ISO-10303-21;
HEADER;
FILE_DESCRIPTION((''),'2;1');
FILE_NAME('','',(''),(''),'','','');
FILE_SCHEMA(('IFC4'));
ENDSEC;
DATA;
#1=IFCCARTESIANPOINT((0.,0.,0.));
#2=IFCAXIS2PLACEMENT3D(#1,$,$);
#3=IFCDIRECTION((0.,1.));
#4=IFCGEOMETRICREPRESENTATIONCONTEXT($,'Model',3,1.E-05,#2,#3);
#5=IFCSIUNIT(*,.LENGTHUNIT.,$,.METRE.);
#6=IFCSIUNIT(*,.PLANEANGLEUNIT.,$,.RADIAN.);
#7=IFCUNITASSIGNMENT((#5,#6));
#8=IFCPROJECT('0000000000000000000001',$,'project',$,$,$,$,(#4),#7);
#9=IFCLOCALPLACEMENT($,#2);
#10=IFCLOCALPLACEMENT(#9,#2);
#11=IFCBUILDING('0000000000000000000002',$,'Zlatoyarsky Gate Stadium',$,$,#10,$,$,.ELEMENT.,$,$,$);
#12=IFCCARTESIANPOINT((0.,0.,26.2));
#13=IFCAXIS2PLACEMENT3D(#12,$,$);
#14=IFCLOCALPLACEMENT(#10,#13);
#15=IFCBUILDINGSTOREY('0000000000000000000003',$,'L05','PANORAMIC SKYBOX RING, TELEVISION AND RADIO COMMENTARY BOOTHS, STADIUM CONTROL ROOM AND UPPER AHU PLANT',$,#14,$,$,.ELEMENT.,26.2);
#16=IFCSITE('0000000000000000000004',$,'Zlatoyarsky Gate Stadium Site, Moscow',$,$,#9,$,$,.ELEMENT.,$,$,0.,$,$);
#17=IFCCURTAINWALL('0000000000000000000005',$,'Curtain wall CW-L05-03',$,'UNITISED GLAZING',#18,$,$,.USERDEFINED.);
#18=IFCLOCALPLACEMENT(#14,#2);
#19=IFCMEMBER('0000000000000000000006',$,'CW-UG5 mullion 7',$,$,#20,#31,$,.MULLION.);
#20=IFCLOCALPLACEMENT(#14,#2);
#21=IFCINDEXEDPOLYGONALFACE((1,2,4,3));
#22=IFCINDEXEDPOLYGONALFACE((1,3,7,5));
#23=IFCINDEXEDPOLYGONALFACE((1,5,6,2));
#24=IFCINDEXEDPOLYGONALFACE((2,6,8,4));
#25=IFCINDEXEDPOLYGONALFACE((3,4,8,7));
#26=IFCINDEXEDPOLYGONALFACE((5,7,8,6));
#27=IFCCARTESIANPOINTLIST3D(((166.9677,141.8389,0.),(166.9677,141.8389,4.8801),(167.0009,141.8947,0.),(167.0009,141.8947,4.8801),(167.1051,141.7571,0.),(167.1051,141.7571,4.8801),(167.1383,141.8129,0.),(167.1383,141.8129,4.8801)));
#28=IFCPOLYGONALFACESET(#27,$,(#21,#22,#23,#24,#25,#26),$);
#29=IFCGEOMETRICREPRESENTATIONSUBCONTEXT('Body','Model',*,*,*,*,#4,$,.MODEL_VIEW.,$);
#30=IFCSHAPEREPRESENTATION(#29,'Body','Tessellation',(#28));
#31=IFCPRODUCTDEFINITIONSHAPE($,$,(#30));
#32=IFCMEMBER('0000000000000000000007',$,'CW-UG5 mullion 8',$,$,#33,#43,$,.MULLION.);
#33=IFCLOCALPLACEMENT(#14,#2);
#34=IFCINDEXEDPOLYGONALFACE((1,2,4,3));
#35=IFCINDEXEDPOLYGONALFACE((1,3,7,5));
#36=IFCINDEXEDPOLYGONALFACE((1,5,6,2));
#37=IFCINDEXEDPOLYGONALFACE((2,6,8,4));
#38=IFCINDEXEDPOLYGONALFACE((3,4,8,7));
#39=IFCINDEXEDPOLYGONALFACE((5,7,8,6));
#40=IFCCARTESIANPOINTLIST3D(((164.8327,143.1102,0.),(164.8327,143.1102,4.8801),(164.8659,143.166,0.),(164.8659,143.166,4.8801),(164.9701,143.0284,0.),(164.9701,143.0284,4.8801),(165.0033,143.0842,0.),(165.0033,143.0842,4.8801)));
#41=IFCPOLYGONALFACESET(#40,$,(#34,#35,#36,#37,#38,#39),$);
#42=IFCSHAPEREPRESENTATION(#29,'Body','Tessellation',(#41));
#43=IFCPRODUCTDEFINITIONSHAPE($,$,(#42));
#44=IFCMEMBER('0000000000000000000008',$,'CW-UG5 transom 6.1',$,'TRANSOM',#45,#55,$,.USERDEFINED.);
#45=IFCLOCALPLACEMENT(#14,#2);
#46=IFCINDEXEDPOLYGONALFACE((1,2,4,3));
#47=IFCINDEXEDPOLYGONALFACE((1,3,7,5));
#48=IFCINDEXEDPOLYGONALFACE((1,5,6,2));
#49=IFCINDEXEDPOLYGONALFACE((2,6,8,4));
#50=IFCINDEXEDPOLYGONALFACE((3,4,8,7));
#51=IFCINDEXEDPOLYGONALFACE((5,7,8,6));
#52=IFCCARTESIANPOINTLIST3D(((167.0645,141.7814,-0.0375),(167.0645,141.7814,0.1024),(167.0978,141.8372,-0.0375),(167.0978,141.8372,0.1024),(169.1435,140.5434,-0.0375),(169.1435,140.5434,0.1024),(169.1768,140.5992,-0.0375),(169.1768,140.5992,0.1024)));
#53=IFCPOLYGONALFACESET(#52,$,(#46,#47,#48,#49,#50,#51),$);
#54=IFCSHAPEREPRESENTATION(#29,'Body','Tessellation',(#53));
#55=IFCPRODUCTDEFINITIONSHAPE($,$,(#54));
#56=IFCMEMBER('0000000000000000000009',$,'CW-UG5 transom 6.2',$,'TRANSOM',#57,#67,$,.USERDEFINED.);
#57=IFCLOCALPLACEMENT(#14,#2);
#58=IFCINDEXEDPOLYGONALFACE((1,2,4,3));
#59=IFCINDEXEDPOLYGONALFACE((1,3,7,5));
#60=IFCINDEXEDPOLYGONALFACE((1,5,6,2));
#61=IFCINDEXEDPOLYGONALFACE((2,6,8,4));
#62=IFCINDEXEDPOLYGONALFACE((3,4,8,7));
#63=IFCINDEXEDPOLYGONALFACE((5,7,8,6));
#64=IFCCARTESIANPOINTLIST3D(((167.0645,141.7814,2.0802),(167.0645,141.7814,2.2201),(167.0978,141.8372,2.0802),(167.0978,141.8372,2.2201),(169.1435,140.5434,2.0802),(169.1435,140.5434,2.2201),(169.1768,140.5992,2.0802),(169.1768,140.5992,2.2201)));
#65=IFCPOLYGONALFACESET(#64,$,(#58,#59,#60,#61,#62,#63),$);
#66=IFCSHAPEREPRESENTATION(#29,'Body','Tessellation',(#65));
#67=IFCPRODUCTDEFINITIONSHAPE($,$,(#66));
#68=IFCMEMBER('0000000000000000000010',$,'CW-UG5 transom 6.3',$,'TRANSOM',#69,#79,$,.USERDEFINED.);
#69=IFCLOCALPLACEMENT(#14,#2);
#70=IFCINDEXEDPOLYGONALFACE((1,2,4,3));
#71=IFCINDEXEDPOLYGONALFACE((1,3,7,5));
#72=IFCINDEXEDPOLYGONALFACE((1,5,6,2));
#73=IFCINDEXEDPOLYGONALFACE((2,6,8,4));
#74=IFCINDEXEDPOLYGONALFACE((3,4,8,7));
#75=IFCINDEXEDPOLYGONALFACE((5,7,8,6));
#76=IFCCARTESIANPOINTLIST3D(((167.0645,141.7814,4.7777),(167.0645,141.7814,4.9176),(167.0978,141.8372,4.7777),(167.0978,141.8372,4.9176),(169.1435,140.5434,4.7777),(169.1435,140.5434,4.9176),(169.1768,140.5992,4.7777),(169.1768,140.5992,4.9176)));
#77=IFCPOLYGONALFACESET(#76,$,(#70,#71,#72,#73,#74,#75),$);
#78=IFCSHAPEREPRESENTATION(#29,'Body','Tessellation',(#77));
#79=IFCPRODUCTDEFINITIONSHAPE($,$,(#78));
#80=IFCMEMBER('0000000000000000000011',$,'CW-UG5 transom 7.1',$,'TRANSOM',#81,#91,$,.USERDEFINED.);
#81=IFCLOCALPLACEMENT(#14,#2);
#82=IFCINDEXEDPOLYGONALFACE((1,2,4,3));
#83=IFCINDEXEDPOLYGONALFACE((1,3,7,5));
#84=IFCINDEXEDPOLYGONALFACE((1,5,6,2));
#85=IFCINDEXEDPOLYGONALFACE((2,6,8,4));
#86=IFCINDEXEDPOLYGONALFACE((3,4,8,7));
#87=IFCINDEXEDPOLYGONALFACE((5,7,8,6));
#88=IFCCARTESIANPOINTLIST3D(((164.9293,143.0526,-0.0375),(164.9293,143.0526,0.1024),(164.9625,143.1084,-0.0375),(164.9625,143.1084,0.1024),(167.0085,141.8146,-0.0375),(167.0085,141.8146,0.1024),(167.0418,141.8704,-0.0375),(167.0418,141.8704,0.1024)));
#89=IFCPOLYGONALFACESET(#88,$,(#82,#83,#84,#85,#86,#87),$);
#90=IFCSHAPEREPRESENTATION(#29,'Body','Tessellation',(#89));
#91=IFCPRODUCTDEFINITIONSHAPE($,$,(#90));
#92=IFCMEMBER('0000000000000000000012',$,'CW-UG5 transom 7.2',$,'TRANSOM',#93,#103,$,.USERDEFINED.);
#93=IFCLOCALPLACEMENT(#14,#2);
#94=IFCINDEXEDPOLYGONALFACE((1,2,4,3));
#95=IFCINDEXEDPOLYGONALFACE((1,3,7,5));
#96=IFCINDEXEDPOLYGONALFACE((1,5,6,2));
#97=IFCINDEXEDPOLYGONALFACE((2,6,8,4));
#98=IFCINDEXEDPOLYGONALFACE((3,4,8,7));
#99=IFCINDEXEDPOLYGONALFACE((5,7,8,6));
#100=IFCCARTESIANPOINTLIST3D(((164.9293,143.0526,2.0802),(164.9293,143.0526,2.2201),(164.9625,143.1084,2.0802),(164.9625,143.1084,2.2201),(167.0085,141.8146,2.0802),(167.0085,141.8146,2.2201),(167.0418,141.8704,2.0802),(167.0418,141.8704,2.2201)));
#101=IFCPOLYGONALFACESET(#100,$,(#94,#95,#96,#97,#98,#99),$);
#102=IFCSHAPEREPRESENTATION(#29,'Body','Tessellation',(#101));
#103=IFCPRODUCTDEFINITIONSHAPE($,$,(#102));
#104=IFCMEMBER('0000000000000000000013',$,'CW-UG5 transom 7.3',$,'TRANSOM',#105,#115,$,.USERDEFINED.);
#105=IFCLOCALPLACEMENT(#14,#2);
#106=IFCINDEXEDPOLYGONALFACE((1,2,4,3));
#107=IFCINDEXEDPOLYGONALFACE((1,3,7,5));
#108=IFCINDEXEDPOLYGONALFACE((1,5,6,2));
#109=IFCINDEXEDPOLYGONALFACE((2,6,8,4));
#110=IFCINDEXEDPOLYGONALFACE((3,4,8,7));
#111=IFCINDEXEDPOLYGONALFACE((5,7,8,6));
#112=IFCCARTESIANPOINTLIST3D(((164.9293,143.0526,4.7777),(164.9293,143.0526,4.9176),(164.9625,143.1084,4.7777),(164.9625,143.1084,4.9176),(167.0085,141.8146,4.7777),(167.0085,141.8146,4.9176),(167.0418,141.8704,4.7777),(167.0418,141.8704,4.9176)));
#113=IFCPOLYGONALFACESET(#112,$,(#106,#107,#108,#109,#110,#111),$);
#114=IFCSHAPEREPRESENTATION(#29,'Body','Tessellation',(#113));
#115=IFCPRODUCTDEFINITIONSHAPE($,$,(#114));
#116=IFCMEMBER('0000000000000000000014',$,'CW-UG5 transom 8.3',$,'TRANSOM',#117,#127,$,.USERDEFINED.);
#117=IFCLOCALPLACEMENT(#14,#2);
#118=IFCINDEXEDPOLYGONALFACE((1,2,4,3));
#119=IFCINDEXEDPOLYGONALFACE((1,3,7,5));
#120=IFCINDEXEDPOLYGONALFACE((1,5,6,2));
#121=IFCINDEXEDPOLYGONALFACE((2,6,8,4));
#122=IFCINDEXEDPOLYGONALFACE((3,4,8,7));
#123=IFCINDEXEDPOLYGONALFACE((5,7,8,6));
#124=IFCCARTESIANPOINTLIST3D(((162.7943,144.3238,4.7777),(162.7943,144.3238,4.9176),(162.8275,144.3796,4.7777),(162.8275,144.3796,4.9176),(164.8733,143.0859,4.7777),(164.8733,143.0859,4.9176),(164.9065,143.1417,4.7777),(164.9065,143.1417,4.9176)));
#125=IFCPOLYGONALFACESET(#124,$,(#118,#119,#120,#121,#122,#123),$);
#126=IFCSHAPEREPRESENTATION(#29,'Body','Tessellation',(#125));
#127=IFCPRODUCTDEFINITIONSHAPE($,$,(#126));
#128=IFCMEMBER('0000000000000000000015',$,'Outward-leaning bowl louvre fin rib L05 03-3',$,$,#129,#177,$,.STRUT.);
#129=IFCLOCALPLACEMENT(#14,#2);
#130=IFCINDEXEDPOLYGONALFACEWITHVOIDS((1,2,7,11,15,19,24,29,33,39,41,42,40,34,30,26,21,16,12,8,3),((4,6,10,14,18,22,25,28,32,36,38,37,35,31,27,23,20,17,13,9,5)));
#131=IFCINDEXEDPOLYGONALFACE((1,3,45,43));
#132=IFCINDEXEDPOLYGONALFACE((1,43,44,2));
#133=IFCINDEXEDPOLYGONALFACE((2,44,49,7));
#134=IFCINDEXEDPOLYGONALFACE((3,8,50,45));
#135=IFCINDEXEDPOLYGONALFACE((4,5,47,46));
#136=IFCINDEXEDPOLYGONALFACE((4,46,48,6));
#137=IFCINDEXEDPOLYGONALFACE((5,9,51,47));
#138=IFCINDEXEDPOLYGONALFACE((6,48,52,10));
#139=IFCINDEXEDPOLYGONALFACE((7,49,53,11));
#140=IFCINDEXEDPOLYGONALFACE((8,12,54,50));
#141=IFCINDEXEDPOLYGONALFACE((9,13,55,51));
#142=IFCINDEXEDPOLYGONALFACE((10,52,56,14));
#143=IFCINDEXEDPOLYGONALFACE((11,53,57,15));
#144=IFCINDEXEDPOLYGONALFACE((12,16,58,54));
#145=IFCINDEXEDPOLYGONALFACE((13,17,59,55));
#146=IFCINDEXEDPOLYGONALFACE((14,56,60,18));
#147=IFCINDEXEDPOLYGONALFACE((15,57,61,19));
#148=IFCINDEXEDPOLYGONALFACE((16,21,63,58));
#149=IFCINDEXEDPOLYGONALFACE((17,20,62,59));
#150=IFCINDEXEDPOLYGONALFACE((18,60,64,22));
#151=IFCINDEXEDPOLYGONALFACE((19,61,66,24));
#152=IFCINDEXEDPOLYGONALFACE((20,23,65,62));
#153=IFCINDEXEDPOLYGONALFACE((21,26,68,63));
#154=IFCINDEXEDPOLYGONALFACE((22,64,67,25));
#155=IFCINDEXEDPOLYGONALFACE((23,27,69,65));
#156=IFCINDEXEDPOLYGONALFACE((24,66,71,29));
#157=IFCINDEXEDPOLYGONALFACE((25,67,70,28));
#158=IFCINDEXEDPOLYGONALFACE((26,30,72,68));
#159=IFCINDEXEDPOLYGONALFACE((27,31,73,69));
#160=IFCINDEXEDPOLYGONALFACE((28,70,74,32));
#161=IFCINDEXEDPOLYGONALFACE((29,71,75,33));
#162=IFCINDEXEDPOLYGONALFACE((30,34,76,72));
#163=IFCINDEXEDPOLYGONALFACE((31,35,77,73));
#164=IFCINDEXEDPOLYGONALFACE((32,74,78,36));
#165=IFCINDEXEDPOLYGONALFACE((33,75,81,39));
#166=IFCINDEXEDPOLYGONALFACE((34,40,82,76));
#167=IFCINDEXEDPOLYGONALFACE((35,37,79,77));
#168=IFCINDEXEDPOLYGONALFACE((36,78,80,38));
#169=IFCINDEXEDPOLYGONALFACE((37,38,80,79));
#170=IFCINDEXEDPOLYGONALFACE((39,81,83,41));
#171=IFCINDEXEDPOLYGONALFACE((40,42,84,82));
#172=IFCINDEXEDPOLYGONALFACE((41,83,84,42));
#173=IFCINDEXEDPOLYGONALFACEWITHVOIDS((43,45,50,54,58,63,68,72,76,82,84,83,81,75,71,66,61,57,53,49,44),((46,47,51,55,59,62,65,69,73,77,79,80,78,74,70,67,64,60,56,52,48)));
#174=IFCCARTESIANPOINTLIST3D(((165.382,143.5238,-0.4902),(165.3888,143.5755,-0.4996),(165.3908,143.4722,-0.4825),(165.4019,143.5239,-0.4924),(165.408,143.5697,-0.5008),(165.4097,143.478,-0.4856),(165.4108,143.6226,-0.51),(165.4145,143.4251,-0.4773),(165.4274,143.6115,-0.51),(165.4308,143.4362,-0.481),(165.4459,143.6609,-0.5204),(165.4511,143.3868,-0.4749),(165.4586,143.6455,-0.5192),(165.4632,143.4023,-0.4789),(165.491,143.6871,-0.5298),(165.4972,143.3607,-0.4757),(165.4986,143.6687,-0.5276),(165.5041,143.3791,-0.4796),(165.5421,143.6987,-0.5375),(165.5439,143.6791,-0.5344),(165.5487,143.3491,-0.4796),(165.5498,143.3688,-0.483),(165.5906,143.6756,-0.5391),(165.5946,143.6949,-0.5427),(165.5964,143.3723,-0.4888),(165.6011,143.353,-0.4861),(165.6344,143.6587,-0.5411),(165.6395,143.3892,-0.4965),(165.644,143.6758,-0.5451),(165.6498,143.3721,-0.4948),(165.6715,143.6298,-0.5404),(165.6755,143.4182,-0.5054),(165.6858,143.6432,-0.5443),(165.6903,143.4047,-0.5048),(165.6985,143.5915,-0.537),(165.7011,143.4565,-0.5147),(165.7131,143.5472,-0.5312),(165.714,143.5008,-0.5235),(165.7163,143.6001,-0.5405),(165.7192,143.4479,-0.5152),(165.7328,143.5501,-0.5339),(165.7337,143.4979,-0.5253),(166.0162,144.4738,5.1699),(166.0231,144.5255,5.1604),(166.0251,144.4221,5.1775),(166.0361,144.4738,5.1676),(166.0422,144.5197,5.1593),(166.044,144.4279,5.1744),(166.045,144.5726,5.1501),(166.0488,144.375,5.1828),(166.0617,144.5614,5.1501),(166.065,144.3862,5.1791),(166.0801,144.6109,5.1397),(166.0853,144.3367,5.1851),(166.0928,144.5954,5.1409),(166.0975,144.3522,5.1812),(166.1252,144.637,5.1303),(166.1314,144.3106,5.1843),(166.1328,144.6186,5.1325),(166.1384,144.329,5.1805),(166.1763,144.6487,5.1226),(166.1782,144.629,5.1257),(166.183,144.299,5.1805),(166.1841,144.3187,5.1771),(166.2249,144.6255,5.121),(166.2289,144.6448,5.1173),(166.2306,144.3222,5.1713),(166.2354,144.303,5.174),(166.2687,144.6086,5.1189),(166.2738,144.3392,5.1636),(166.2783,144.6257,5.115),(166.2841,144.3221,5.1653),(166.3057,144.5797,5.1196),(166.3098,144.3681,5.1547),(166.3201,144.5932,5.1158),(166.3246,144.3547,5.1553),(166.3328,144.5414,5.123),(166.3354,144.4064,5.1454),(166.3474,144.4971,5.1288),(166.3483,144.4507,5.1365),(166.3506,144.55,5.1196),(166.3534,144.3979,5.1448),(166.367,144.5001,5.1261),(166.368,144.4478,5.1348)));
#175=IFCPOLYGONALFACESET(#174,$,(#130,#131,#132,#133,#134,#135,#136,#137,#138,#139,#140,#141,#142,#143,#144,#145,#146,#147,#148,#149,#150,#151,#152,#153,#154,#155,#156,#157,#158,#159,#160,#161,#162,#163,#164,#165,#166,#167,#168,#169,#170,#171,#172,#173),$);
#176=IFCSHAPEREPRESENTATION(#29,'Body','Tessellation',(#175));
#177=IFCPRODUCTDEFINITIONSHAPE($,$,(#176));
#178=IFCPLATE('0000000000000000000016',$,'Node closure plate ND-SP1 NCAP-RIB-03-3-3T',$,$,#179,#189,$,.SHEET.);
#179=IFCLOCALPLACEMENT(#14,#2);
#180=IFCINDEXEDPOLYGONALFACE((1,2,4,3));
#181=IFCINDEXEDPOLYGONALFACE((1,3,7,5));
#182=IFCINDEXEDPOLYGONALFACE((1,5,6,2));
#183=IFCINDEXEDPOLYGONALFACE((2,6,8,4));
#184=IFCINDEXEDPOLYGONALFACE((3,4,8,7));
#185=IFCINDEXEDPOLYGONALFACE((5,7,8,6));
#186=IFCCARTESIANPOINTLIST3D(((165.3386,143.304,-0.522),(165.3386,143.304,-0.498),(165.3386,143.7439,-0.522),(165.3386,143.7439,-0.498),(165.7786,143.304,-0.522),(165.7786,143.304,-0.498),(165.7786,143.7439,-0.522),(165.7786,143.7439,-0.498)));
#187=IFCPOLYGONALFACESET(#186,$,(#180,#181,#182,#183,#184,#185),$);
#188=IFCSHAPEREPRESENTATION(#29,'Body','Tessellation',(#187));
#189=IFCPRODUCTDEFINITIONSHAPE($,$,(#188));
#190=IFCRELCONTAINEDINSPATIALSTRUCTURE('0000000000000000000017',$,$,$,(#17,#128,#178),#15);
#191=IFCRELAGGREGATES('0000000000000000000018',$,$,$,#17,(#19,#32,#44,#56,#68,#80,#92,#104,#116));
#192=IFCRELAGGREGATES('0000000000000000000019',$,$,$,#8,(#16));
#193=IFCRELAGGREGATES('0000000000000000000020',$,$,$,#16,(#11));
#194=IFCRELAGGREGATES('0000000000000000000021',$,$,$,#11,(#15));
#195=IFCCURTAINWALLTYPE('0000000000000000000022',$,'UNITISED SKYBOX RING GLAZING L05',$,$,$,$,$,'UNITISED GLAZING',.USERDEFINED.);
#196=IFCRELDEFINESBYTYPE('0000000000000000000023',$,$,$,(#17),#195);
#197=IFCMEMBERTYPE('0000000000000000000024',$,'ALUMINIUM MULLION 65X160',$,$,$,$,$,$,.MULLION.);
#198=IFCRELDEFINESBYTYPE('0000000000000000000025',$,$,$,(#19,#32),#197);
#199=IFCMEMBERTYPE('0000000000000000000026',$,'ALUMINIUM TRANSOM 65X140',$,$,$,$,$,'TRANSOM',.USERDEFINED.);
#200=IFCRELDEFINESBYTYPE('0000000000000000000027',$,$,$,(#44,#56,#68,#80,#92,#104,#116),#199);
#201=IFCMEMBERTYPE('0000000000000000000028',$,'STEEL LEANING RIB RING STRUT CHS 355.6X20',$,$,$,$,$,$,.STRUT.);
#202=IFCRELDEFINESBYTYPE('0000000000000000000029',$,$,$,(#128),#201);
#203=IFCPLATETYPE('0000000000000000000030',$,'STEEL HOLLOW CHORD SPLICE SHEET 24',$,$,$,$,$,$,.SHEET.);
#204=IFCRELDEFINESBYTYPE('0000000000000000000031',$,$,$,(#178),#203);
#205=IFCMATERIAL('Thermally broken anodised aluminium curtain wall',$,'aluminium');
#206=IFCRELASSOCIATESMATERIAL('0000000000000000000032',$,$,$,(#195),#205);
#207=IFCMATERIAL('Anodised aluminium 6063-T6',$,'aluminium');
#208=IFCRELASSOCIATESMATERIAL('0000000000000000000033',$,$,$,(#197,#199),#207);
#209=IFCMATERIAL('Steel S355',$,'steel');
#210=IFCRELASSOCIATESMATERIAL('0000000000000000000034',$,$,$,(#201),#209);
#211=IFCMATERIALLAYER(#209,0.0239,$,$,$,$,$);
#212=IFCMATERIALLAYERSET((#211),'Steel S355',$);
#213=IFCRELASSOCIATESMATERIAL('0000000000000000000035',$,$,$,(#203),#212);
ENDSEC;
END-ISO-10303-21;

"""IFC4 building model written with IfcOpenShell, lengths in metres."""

from ifc_helpers import new_model, si_unit, direction, frame, origin, origin_2d, place, context, subcontext, project, spatial, rectangle, hollow_circle, extrude, material, layer, layer_set, material_profile, profile_set, type_object, element, aggregate, save


model = new_model("IFC4")

# Units and contexts
model_context = context("Model", 3, precision=1e-05, world=origin(), true_north=direction((0.0, 1.0)))
body_context = subcontext(model_context, "Body", "Model", "MODEL_VIEW")
ifc_project = project(units=[si_unit("LENGTHUNIT", "METRE"), si_unit("PLANEANGLEUNIT", "RADIAN")], contexts=[model_context])

# Site, building, storey
site_placement = place(None, origin())
site = spatial("IfcSite", under=ifc_project, at=site_placement, Name="Zlatoyarsky Gate Stadium Site, Moscow", CompositionType="ELEMENT", RefElevation=0.0)
building_placement = place(site_placement, origin())
building = spatial("IfcBuilding", under=site, at=building_placement, Name="Zlatoyarsky Gate Stadium", CompositionType="ELEMENT")
storey_placement = place(building_placement, frame((0.0, 0.0, 26.2)))
storey = spatial("IfcBuildingStorey", under=building, at=storey_placement, Name="L05", Description="PANORAMIC SKYBOX RING, TELEVISION AND RADIO COMMENTARY BOOTHS, STADIUM CONTROL ROOM AND UPPER AHU PLANT", CompositionType="ELEMENT", Elevation=26.2)

# Curtain wall, members
ifc_material_1 = material(Name="Thermally broken anodised aluminium curtain wall", Category="aluminium")
curtain_wall_type = type_object("IfcCurtainWallType", Name="UNITISED SKYBOX RING GLAZING L05", ElementType="UNITISED GLAZING", PredefinedType="USERDEFINED", material=ifc_material_1)
curtain_wall_placement = place(storey_placement, origin())
curtain_wall = element("IfcCurtainWall", 1, at=curtain_wall_placement, inside=storey, type_object=curtain_wall_type, Name="Curtain wall CW-L05-03", ObjectType="UNITISED GLAZING", PredefinedType="USERDEFINED")
ifc_material_2 = material(Name="Anodised aluminium 6063-T6", Category="aluminium")
ifc_material_profile_1 = material_profile(ifc_material_2, rectangle(XDim=0.0649, YDim=0.1599, at=origin_2d()), Name="ALU 65X160")
ifc_profile_set_1 = profile_set([ifc_material_profile_1], Name="Anodised aluminium 6063-T6")
member_type_1 = type_object("IfcMemberType", Name="ALUMINIUM MULLION 65X160", PredefinedType="MULLION", material=ifc_profile_set_1)
member_1_placement = place(storey_placement, frame((167.053, 141.8259, 0.0), z_axis=(0.0, 0.0, 1.0), x_axis=(-0.511577, -0.859237, 0.0)))
member_1 = element("IfcMember", 2, at=member_1_placement, type_object=member_type_1, Name="CW-UG5 mullion 7", PredefinedType="MULLION", context=body_context, shape_type="SweptSolid", body=[
    extrude(rectangle(XDim=0.0649, YDim=0.1599, at=origin_2d()), origin(), (0.0, 0.0, 1.0), 4.8801),
])
member_2_placement = place(storey_placement, frame((164.918, 143.0972, 0.0), z_axis=(0.0, 0.0, 1.0), x_axis=(-0.511577, -0.859237, 0.0)))
member_2 = element("IfcMember", 3, at=member_2_placement, type_object=member_type_1, Name="CW-UG5 mullion 8", PredefinedType="MULLION", context=body_context, shape_type="SweptSolid", body=[
    extrude(rectangle(XDim=0.0649, YDim=0.1599, at=origin_2d()), origin(), (0.0, 0.0, 1.0), 4.8801),
])
ifc_material_profile_2 = material_profile(ifc_material_2, rectangle(XDim=0.0649, YDim=0.1399, at=origin_2d()), Name="ALU 65X140")
ifc_profile_set_2 = profile_set([ifc_material_profile_2], Name="Anodised aluminium 6063-T6")
member_type_2 = type_object("IfcMemberType", Name="ALUMINIUM TRANSOM 65X140", ElementType="TRANSOM", PredefinedType="USERDEFINED", material=ifc_profile_set_2)
member_3_placement = place(storey_placement, frame((169.1602, 140.5713, 0.0325), z_axis=(-0.859206, 0.511629, 0.0), x_axis=(-0.511629, -0.859206, 0.0)))
member_3 = element("IfcMember", 4, at=member_3_placement, type_object=member_type_2, Name="CW-UG5 transom 6.1", ObjectType="TRANSOM", PredefinedType="USERDEFINED", context=body_context, shape_type="SweptSolid", body=[
    extrude(rectangle(XDim=0.0649, YDim=0.1399, at=origin_2d()), origin(), (0.0, 0.0, 1.0), 2.4197),
])
member_4_placement = place(storey_placement, frame((169.1602, 140.5713, 2.1501), z_axis=(-0.859206, 0.511629, 0.0), x_axis=(-0.511629, -0.859206, 0.0)))
member_4 = element("IfcMember", 5, at=member_4_placement, type_object=member_type_2, Name="CW-UG5 transom 6.2", ObjectType="TRANSOM", PredefinedType="USERDEFINED", context=body_context, shape_type="SweptSolid", body=[
    extrude(rectangle(XDim=0.0649, YDim=0.1399, at=origin_2d()), origin(), (0.0, 0.0, 1.0), 2.4197),
])
member_5_placement = place(storey_placement, frame((169.1602, 140.5713, 4.8477), z_axis=(-0.859206, 0.511629, 0.0), x_axis=(-0.511629, -0.859206, 0.0)))
member_5 = element("IfcMember", 6, at=member_5_placement, type_object=member_type_2, Name="CW-UG5 transom 6.3", ObjectType="TRANSOM", PredefinedType="USERDEFINED", context=body_context, shape_type="SweptSolid", body=[
    extrude(rectangle(XDim=0.0649, YDim=0.1399, at=origin_2d()), origin(), (0.0, 0.0, 1.0), 2.4197),
])
member_6_placement = place(storey_placement, frame((167.0251, 141.8425, 0.0325), z_axis=(-0.859233, 0.511585, 0.0), x_axis=(-0.511585, -0.859233, 0.0)))
member_6 = element("IfcMember", 7, at=member_6_placement, type_object=member_type_2, Name="CW-UG5 transom 7.1", ObjectType="TRANSOM", PredefinedType="USERDEFINED", context=body_context, shape_type="SweptSolid", body=[
    extrude(rectangle(XDim=0.0649, YDim=0.1399, at=origin_2d()), origin(), (0.0, 0.0, 1.0), 2.4199),
])
member_7_placement = place(storey_placement, frame((167.0251, 141.8425, 2.1501), z_axis=(-0.859233, 0.511585, 0.0), x_axis=(-0.511585, -0.859233, 0.0)))
member_7 = element("IfcMember", 8, at=member_7_placement, type_object=member_type_2, Name="CW-UG5 transom 7.2", ObjectType="TRANSOM", PredefinedType="USERDEFINED", context=body_context, shape_type="SweptSolid", body=[
    extrude(rectangle(XDim=0.0649, YDim=0.1399, at=origin_2d()), origin(), (0.0, 0.0, 1.0), 2.4199),
])
member_8_placement = place(storey_placement, frame((167.0251, 141.8425, 4.8477), z_axis=(-0.859233, 0.511585, 0.0), x_axis=(-0.511585, -0.859233, 0.0)))
member_8 = element("IfcMember", 9, at=member_8_placement, type_object=member_type_2, Name="CW-UG5 transom 7.3", ObjectType="TRANSOM", PredefinedType="USERDEFINED", context=body_context, shape_type="SweptSolid", body=[
    extrude(rectangle(XDim=0.0649, YDim=0.1399, at=origin_2d()), origin(), (0.0, 0.0, 1.0), 2.4199),
])
member_9_placement = place(storey_placement, frame((164.8899, 143.1138, 4.8477), z_axis=(-0.859206, 0.511629, 0.0), x_axis=(-0.511629, -0.859206, 0.0)))
member_9 = element("IfcMember", 10, at=member_9_placement, type_object=member_type_2, Name="CW-UG5 transom 8.3", ObjectType="TRANSOM", PredefinedType="USERDEFINED", context=body_context, shape_type="SweptSolid", body=[
    extrude(rectangle(XDim=0.0649, YDim=0.1399, at=origin_2d()), origin(), (0.0, 0.0, 1.0), 2.4197),
])

# Member
ifc_material_3 = material(Name="Steel S355", Category="steel")
ifc_material_profile_3 = material_profile(ifc_material_3, hollow_circle(Radius=0.1777, WallThickness=0.02, at=origin_2d()), Name="CHS 355.6X20")
ifc_profile_set_3 = profile_set([ifc_material_profile_3], Name="Steel S355")
member_type_3 = type_object("IfcMemberType", Name="STEEL LEANING RIB RING STRUT CHS 355.6X20", PredefinedType="STRUT", material=ifc_profile_set_3)
member_10_placement = place(storey_placement, frame((165.5586, 143.5239, -0.51), z_axis=(0.109846, 0.164515, 0.980239), x_axis=(-0.831655, 0.555292, 0.0)))
element("IfcMember", 11, at=member_10_placement, inside=storey, type_object=member_type_3, Name="Outward-leaning bowl louvre fin rib L05 03-3", PredefinedType="STRUT", context=body_context, shape_type="SweptSolid", body=[
    extrude(hollow_circle(Radius=0.1777, WallThickness=0.02, at=origin_2d()), origin(), (0.0, 0.0, 1.0), 5.7742),
])

# Plate
ifc_layer_1 = layer(ifc_material_3, 0.0239)
ifc_layer_set_1 = layer_set([ifc_layer_1], Name="Steel S355")
plate_type_1 = type_object("IfcPlateType", Name="STEEL HOLLOW CHORD SPLICE SHEET 24", PredefinedType="SHEET", material=ifc_layer_set_1)
plate_1_placement = place(storey_placement, frame((165.5586, 143.5239, -0.522), z_axis=(0.0, 0.0, 1.0), x_axis=(1.0, 0.0, 0.0)))
element("IfcPlate", 12, at=plate_1_placement, inside=storey, type_object=plate_type_1, Name="Node closure plate ND-SP1 NCAP-RIB-03-3-3T", PredefinedType="SHEET", context=body_context, shape_type="SweptSolid", body=[
    extrude(rectangle(XDim=0.4399, YDim=0.4399, at=origin_2d()), origin(), (0.0, 0.0, 1.0), 0.0239),
])
aggregate(curtain_wall, [member_1, member_2, member_3, member_4, member_5, member_6, member_7, member_8, member_9])

save(model, "model.ifc")
